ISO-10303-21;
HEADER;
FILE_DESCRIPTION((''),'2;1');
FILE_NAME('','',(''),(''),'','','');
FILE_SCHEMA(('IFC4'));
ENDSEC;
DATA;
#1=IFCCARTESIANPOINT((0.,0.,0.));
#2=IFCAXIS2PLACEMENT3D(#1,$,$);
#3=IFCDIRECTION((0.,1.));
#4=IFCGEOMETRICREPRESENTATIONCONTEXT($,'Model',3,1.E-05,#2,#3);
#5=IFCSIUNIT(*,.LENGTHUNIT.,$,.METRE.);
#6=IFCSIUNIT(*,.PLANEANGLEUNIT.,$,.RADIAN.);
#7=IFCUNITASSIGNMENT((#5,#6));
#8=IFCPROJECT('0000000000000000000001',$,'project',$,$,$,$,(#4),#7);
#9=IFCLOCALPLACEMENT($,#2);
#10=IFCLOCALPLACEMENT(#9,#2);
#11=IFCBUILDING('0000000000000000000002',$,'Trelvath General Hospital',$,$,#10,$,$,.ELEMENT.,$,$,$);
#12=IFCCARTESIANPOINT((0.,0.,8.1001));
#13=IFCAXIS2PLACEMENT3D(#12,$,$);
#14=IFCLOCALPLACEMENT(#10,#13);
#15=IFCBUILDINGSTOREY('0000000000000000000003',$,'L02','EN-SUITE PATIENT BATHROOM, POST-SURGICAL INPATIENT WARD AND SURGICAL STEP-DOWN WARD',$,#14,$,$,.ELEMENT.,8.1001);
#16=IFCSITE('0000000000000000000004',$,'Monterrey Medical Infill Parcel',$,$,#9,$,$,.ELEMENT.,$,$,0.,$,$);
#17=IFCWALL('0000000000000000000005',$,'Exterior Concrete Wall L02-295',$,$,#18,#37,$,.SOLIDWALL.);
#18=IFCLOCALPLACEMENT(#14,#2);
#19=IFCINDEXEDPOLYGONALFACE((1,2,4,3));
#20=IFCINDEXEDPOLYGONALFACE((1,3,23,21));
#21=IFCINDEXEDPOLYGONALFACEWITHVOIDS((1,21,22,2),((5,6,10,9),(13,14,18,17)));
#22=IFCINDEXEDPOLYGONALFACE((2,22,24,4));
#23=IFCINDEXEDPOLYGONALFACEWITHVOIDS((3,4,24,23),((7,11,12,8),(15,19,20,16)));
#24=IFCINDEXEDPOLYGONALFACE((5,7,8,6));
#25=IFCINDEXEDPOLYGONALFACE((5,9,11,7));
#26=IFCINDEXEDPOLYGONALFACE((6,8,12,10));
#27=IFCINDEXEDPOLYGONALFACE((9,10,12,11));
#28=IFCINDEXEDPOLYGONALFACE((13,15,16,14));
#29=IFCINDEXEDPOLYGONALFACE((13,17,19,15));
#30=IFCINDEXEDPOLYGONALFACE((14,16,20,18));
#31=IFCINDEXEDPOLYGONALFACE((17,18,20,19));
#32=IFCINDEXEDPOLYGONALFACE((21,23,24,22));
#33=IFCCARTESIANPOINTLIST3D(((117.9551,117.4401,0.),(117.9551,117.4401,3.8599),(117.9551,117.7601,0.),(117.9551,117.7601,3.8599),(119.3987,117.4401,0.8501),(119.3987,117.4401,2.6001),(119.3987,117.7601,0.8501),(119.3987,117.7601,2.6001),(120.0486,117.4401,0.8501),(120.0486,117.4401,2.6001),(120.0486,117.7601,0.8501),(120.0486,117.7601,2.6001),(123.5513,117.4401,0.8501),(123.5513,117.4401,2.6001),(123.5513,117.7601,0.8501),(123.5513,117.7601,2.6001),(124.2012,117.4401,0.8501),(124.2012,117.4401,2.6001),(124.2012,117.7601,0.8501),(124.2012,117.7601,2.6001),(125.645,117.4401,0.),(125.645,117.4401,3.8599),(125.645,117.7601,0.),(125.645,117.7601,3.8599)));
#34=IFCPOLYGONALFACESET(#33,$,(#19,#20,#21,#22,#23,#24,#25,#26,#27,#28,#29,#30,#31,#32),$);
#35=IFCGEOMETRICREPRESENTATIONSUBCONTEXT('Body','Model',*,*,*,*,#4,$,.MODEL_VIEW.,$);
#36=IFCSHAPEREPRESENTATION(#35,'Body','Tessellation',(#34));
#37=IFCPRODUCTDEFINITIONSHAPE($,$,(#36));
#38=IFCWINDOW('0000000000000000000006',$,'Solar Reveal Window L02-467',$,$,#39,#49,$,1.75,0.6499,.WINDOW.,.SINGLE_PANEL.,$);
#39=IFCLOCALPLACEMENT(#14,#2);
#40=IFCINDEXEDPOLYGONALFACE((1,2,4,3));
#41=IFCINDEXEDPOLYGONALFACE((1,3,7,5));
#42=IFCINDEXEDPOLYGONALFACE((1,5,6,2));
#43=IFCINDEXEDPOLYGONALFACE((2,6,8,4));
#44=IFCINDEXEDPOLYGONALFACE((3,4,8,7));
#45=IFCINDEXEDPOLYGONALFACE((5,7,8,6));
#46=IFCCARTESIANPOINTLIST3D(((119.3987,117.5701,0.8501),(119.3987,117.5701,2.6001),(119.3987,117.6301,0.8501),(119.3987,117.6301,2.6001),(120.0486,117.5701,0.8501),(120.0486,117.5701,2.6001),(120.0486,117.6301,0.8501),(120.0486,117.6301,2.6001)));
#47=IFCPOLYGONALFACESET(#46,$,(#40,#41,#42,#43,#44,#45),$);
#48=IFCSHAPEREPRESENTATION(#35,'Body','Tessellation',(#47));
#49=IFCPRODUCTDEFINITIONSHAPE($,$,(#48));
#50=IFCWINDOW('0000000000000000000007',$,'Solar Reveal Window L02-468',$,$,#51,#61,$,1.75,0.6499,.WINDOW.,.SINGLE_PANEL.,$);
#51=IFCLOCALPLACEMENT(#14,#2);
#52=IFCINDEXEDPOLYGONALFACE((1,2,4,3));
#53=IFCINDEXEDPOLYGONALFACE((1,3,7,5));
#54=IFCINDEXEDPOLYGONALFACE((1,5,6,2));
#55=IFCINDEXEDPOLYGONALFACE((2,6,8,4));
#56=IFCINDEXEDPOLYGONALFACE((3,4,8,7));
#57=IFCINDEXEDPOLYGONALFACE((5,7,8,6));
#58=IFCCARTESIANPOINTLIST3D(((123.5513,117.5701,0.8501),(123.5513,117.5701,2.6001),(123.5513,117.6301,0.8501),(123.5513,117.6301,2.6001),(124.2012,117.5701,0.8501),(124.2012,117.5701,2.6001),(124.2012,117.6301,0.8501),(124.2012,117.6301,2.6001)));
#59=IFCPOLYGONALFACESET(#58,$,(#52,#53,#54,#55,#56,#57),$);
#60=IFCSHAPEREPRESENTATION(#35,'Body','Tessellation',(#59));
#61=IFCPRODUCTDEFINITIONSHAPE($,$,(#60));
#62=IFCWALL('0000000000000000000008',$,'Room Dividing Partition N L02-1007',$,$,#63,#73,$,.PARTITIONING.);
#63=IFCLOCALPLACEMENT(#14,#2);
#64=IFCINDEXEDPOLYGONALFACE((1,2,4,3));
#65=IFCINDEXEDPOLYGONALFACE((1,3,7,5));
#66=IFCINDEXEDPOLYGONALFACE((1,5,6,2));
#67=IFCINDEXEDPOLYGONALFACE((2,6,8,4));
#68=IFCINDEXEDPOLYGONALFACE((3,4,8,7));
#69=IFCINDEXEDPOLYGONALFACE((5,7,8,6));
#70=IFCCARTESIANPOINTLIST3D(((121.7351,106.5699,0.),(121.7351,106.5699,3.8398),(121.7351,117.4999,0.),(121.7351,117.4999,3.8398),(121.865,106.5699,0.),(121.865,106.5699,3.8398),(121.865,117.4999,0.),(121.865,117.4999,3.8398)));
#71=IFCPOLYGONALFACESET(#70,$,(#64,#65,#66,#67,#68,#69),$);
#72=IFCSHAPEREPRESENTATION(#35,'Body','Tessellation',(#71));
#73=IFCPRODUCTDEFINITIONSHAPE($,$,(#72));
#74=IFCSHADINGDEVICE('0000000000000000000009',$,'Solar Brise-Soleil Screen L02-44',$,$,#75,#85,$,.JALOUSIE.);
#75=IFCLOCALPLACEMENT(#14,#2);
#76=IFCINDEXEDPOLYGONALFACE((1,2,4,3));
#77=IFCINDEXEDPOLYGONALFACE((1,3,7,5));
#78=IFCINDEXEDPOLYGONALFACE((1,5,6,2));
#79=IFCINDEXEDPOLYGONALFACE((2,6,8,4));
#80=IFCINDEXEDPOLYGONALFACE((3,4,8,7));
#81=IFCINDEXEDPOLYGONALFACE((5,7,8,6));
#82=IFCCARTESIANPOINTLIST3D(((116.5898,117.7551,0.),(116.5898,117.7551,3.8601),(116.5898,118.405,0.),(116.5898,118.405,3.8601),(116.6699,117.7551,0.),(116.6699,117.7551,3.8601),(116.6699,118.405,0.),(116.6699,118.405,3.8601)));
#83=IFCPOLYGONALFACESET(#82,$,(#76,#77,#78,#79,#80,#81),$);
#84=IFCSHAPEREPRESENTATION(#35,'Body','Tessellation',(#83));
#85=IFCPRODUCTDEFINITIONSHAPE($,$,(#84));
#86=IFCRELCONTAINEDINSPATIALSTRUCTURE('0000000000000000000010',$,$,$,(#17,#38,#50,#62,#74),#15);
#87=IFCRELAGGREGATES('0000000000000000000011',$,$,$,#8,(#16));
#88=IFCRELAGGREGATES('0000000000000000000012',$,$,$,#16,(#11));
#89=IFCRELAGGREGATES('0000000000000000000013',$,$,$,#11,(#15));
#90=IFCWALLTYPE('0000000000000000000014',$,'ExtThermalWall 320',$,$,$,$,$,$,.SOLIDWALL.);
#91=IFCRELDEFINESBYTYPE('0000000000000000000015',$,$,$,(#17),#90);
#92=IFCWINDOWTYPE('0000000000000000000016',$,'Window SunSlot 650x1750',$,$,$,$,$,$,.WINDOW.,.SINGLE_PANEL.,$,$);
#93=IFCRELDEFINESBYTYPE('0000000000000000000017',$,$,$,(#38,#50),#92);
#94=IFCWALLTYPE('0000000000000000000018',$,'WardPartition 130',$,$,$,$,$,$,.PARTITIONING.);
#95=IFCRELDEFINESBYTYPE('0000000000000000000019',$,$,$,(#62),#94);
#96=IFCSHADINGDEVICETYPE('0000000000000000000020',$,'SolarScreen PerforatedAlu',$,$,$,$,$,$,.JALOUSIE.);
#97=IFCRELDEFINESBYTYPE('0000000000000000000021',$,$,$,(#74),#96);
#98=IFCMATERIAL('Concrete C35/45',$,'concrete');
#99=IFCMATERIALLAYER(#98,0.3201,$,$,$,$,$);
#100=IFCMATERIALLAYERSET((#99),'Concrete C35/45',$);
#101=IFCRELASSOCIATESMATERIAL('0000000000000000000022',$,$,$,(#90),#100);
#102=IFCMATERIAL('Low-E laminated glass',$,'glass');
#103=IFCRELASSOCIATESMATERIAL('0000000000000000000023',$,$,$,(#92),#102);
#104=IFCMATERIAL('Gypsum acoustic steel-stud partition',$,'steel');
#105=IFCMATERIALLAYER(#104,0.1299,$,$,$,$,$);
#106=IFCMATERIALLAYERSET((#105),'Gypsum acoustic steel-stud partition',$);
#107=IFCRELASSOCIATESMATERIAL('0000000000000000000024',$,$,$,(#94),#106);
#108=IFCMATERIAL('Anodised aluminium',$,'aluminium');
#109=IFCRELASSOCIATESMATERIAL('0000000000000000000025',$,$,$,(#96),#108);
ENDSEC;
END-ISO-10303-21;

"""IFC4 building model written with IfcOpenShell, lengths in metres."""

from ifc_helpers import new_model, si_unit, direction, frame, frame_2d, origin, origin_2d, place, context, subcontext, project, spatial, rectangle, extrude, material, layer, layer_set, type_object, element, fill, save


model = new_model("IFC4")

# Units and contexts
model_context = context("Model", 3, precision=1e-05, world=origin(), true_north=direction((0.0, 1.0)))
body_context = subcontext(model_context, "Body", "Model", "MODEL_VIEW")
ifc_project = project(units=[si_unit("LENGTHUNIT", "METRE"), si_unit("PLANEANGLEUNIT", "RADIAN")], contexts=[model_context])

# Site, building, storey
site_placement = place(None, origin())
site = spatial("IfcSite", under=ifc_project, at=site_placement, Name="Monterrey Medical Infill Parcel", CompositionType="ELEMENT", RefElevation=0.0)
building_placement = place(site_placement, origin())
building = spatial("IfcBuilding", under=site, at=building_placement, Name="Trelvath General Hospital", CompositionType="ELEMENT")
storey_placement = place(building_placement, frame((0.0, 0.0, 8.1001)))
storey = spatial("IfcBuildingStorey", under=building, at=storey_placement, Name="L02", Description="EN-SUITE PATIENT BATHROOM, POST-SURGICAL INPATIENT WARD AND SURGICAL STEP-DOWN WARD", CompositionType="ELEMENT", Elevation=8.1001)

# Wall, openings, windows
ifc_material_1 = material(Name="Concrete C35/45", Category="concrete")
ifc_layer_1 = layer(ifc_material_1, 0.3201)
ifc_layer_set_1 = layer_set([ifc_layer_1], Name="Concrete C35/45")
wall_type_1 = type_object("IfcWallType", Name="ExtThermalWall 320", PredefinedType="SOLIDWALL", material=ifc_layer_set_1)
wall_1_placement = place(storey_placement, frame((117.9551, 117.6001, 0.0), z_axis=(0.0, 0.0, 1.0), x_axis=(1.0, 0.0, 0.0)))
wall_1 = element("IfcWall", 1, at=wall_1_placement, inside=storey, type_object=wall_type_1, Name="Exterior Concrete Wall L02-295", PredefinedType="SOLIDWALL", context=body_context, shape_type="SweptSolid", body=[
    extrude(rectangle(XDim=7.6899, YDim=0.3201, at=frame_2d((3.845, 0.0))), origin(), (0.0, 0.0, 1.0), 3.8599),
])
opening_1_placement = place(wall_1_placement, frame((1.4436, 0.0, 0.8501)))
opening_1 = element("IfcOpeningElement", 2, at=opening_1_placement, cuts=wall_1, PredefinedType="OPENING", context=body_context, shape_type="SweptSolid", body=[
    extrude(rectangle(XDim=0.6499, YDim=1.75, at=frame_2d((0.325, 0.875))), frame((0.0, 0.1699, 0.0), z_axis=(0.0, -1.0, 0.0), x_axis=(1.0, 0.0, 0.0)), (0.0, 0.0, 1.0), 0.3401),
])
opening_2_placement = place(wall_1_placement, frame((5.5962, 0.0, 0.8501)))
opening_2 = element("IfcOpeningElement", 3, at=opening_2_placement, cuts=wall_1, PredefinedType="OPENING", context=body_context, shape_type="SweptSolid", body=[
    extrude(rectangle(XDim=0.6499, YDim=1.75, at=frame_2d((0.325, 0.875))), frame((0.0, 0.1699, 0.0), z_axis=(0.0, -1.0, 0.0), x_axis=(1.0, 0.0, 0.0)), (0.0, 0.0, 1.0), 0.3401),
])
ifc_material_2 = material(Name="Low-E laminated glass", Category="glass")
window_type = type_object("IfcWindowType", Name="Window SunSlot 650x1750", PartitioningType="SINGLE_PANEL", PredefinedType="WINDOW", material=ifc_material_2)
window_1_placement = place(opening_1_placement, origin())
window_1 = element("IfcWindow", 4, at=window_1_placement, inside=storey, type_object=window_type, Name="Solar Reveal Window L02-467", OverallHeight=1.75, OverallWidth=0.6499, PartitioningType="SINGLE_PANEL", PredefinedType="WINDOW", context=body_context, shape_type="SweptSolid", body=[
    extrude(rectangle(XDim=0.6499, YDim=1.75, at=frame_2d((0.325, 0.875))), frame((0.0, 0.03, 0.0), z_axis=(0.0, -1.0, 0.0), x_axis=(1.0, 0.0, 0.0)), (0.0, 0.0, 1.0), 0.0601),
])
fill(opening_1, window_1)
window_2_placement = place(opening_2_placement, origin())
window_2 = element("IfcWindow", 5, at=window_2_placement, inside=storey, type_object=window_type, Name="Solar Reveal Window L02-468", OverallHeight=1.75, OverallWidth=0.6499, PartitioningType="SINGLE_PANEL", PredefinedType="WINDOW", context=body_context, shape_type="SweptSolid", body=[
    extrude(rectangle(XDim=0.6499, YDim=1.75, at=frame_2d((0.325, 0.875))), frame((0.0, 0.03, 0.0), z_axis=(0.0, -1.0, 0.0), x_axis=(1.0, 0.0, 0.0)), (0.0, 0.0, 1.0), 0.0601),
])
fill(opening_2, window_2)

# Wall
ifc_material_3 = material(Name="Gypsum acoustic steel-stud partition", Category="steel")
ifc_layer_2 = layer(ifc_material_3, 0.1299)
ifc_layer_set_2 = layer_set([ifc_layer_2], Name="Gypsum acoustic steel-stud partition")
wall_type_2 = type_object("IfcWallType", Name="WardPartition 130", PredefinedType="PARTITIONING", material=ifc_layer_set_2)
wall_2_placement = place(storey_placement, frame((121.8, 106.5701, 0.0), z_axis=(0.0, 0.0, 1.0), x_axis=(0.0, 1.0, 0.0)))
element("IfcWall", 6, at=wall_2_placement, inside=storey, type_object=wall_type_2, Name="Room Dividing Partition N L02-1007", PredefinedType="PARTITIONING", context=body_context, shape_type="SweptSolid", body=[
    extrude(rectangle(XDim=10.9299, YDim=0.1299, at=frame_2d((5.4648, 0.0))), origin(), (0.0, 0.0, 1.0), 3.8398),
])

# Shading device
ifc_material_4 = material(Name="Anodised aluminium", Category="aluminium")
shading_device_type = type_object("IfcShadingDeviceType", Name="SolarScreen PerforatedAlu", PredefinedType="JALOUSIE", material=ifc_material_4)
shading_device_placement = place(storey_placement, frame((116.6299, 118.0801, 0.0), z_axis=(0.0, 0.0, 1.0), x_axis=(0.0, 1.0, 0.0)))
element("IfcShadingDevice", 7, at=shading_device_placement, inside=storey, type_object=shading_device_type, Name="Solar Brise-Soleil Screen L02-44", PredefinedType="JALOUSIE", context=body_context, shape_type="SweptSolid", body=[
    extrude(rectangle(XDim=0.6499, YDim=0.0801, at=origin_2d()), origin(), (0.0, 0.0, 1.0), 3.8601),
])

save(model, "model.ifc")
